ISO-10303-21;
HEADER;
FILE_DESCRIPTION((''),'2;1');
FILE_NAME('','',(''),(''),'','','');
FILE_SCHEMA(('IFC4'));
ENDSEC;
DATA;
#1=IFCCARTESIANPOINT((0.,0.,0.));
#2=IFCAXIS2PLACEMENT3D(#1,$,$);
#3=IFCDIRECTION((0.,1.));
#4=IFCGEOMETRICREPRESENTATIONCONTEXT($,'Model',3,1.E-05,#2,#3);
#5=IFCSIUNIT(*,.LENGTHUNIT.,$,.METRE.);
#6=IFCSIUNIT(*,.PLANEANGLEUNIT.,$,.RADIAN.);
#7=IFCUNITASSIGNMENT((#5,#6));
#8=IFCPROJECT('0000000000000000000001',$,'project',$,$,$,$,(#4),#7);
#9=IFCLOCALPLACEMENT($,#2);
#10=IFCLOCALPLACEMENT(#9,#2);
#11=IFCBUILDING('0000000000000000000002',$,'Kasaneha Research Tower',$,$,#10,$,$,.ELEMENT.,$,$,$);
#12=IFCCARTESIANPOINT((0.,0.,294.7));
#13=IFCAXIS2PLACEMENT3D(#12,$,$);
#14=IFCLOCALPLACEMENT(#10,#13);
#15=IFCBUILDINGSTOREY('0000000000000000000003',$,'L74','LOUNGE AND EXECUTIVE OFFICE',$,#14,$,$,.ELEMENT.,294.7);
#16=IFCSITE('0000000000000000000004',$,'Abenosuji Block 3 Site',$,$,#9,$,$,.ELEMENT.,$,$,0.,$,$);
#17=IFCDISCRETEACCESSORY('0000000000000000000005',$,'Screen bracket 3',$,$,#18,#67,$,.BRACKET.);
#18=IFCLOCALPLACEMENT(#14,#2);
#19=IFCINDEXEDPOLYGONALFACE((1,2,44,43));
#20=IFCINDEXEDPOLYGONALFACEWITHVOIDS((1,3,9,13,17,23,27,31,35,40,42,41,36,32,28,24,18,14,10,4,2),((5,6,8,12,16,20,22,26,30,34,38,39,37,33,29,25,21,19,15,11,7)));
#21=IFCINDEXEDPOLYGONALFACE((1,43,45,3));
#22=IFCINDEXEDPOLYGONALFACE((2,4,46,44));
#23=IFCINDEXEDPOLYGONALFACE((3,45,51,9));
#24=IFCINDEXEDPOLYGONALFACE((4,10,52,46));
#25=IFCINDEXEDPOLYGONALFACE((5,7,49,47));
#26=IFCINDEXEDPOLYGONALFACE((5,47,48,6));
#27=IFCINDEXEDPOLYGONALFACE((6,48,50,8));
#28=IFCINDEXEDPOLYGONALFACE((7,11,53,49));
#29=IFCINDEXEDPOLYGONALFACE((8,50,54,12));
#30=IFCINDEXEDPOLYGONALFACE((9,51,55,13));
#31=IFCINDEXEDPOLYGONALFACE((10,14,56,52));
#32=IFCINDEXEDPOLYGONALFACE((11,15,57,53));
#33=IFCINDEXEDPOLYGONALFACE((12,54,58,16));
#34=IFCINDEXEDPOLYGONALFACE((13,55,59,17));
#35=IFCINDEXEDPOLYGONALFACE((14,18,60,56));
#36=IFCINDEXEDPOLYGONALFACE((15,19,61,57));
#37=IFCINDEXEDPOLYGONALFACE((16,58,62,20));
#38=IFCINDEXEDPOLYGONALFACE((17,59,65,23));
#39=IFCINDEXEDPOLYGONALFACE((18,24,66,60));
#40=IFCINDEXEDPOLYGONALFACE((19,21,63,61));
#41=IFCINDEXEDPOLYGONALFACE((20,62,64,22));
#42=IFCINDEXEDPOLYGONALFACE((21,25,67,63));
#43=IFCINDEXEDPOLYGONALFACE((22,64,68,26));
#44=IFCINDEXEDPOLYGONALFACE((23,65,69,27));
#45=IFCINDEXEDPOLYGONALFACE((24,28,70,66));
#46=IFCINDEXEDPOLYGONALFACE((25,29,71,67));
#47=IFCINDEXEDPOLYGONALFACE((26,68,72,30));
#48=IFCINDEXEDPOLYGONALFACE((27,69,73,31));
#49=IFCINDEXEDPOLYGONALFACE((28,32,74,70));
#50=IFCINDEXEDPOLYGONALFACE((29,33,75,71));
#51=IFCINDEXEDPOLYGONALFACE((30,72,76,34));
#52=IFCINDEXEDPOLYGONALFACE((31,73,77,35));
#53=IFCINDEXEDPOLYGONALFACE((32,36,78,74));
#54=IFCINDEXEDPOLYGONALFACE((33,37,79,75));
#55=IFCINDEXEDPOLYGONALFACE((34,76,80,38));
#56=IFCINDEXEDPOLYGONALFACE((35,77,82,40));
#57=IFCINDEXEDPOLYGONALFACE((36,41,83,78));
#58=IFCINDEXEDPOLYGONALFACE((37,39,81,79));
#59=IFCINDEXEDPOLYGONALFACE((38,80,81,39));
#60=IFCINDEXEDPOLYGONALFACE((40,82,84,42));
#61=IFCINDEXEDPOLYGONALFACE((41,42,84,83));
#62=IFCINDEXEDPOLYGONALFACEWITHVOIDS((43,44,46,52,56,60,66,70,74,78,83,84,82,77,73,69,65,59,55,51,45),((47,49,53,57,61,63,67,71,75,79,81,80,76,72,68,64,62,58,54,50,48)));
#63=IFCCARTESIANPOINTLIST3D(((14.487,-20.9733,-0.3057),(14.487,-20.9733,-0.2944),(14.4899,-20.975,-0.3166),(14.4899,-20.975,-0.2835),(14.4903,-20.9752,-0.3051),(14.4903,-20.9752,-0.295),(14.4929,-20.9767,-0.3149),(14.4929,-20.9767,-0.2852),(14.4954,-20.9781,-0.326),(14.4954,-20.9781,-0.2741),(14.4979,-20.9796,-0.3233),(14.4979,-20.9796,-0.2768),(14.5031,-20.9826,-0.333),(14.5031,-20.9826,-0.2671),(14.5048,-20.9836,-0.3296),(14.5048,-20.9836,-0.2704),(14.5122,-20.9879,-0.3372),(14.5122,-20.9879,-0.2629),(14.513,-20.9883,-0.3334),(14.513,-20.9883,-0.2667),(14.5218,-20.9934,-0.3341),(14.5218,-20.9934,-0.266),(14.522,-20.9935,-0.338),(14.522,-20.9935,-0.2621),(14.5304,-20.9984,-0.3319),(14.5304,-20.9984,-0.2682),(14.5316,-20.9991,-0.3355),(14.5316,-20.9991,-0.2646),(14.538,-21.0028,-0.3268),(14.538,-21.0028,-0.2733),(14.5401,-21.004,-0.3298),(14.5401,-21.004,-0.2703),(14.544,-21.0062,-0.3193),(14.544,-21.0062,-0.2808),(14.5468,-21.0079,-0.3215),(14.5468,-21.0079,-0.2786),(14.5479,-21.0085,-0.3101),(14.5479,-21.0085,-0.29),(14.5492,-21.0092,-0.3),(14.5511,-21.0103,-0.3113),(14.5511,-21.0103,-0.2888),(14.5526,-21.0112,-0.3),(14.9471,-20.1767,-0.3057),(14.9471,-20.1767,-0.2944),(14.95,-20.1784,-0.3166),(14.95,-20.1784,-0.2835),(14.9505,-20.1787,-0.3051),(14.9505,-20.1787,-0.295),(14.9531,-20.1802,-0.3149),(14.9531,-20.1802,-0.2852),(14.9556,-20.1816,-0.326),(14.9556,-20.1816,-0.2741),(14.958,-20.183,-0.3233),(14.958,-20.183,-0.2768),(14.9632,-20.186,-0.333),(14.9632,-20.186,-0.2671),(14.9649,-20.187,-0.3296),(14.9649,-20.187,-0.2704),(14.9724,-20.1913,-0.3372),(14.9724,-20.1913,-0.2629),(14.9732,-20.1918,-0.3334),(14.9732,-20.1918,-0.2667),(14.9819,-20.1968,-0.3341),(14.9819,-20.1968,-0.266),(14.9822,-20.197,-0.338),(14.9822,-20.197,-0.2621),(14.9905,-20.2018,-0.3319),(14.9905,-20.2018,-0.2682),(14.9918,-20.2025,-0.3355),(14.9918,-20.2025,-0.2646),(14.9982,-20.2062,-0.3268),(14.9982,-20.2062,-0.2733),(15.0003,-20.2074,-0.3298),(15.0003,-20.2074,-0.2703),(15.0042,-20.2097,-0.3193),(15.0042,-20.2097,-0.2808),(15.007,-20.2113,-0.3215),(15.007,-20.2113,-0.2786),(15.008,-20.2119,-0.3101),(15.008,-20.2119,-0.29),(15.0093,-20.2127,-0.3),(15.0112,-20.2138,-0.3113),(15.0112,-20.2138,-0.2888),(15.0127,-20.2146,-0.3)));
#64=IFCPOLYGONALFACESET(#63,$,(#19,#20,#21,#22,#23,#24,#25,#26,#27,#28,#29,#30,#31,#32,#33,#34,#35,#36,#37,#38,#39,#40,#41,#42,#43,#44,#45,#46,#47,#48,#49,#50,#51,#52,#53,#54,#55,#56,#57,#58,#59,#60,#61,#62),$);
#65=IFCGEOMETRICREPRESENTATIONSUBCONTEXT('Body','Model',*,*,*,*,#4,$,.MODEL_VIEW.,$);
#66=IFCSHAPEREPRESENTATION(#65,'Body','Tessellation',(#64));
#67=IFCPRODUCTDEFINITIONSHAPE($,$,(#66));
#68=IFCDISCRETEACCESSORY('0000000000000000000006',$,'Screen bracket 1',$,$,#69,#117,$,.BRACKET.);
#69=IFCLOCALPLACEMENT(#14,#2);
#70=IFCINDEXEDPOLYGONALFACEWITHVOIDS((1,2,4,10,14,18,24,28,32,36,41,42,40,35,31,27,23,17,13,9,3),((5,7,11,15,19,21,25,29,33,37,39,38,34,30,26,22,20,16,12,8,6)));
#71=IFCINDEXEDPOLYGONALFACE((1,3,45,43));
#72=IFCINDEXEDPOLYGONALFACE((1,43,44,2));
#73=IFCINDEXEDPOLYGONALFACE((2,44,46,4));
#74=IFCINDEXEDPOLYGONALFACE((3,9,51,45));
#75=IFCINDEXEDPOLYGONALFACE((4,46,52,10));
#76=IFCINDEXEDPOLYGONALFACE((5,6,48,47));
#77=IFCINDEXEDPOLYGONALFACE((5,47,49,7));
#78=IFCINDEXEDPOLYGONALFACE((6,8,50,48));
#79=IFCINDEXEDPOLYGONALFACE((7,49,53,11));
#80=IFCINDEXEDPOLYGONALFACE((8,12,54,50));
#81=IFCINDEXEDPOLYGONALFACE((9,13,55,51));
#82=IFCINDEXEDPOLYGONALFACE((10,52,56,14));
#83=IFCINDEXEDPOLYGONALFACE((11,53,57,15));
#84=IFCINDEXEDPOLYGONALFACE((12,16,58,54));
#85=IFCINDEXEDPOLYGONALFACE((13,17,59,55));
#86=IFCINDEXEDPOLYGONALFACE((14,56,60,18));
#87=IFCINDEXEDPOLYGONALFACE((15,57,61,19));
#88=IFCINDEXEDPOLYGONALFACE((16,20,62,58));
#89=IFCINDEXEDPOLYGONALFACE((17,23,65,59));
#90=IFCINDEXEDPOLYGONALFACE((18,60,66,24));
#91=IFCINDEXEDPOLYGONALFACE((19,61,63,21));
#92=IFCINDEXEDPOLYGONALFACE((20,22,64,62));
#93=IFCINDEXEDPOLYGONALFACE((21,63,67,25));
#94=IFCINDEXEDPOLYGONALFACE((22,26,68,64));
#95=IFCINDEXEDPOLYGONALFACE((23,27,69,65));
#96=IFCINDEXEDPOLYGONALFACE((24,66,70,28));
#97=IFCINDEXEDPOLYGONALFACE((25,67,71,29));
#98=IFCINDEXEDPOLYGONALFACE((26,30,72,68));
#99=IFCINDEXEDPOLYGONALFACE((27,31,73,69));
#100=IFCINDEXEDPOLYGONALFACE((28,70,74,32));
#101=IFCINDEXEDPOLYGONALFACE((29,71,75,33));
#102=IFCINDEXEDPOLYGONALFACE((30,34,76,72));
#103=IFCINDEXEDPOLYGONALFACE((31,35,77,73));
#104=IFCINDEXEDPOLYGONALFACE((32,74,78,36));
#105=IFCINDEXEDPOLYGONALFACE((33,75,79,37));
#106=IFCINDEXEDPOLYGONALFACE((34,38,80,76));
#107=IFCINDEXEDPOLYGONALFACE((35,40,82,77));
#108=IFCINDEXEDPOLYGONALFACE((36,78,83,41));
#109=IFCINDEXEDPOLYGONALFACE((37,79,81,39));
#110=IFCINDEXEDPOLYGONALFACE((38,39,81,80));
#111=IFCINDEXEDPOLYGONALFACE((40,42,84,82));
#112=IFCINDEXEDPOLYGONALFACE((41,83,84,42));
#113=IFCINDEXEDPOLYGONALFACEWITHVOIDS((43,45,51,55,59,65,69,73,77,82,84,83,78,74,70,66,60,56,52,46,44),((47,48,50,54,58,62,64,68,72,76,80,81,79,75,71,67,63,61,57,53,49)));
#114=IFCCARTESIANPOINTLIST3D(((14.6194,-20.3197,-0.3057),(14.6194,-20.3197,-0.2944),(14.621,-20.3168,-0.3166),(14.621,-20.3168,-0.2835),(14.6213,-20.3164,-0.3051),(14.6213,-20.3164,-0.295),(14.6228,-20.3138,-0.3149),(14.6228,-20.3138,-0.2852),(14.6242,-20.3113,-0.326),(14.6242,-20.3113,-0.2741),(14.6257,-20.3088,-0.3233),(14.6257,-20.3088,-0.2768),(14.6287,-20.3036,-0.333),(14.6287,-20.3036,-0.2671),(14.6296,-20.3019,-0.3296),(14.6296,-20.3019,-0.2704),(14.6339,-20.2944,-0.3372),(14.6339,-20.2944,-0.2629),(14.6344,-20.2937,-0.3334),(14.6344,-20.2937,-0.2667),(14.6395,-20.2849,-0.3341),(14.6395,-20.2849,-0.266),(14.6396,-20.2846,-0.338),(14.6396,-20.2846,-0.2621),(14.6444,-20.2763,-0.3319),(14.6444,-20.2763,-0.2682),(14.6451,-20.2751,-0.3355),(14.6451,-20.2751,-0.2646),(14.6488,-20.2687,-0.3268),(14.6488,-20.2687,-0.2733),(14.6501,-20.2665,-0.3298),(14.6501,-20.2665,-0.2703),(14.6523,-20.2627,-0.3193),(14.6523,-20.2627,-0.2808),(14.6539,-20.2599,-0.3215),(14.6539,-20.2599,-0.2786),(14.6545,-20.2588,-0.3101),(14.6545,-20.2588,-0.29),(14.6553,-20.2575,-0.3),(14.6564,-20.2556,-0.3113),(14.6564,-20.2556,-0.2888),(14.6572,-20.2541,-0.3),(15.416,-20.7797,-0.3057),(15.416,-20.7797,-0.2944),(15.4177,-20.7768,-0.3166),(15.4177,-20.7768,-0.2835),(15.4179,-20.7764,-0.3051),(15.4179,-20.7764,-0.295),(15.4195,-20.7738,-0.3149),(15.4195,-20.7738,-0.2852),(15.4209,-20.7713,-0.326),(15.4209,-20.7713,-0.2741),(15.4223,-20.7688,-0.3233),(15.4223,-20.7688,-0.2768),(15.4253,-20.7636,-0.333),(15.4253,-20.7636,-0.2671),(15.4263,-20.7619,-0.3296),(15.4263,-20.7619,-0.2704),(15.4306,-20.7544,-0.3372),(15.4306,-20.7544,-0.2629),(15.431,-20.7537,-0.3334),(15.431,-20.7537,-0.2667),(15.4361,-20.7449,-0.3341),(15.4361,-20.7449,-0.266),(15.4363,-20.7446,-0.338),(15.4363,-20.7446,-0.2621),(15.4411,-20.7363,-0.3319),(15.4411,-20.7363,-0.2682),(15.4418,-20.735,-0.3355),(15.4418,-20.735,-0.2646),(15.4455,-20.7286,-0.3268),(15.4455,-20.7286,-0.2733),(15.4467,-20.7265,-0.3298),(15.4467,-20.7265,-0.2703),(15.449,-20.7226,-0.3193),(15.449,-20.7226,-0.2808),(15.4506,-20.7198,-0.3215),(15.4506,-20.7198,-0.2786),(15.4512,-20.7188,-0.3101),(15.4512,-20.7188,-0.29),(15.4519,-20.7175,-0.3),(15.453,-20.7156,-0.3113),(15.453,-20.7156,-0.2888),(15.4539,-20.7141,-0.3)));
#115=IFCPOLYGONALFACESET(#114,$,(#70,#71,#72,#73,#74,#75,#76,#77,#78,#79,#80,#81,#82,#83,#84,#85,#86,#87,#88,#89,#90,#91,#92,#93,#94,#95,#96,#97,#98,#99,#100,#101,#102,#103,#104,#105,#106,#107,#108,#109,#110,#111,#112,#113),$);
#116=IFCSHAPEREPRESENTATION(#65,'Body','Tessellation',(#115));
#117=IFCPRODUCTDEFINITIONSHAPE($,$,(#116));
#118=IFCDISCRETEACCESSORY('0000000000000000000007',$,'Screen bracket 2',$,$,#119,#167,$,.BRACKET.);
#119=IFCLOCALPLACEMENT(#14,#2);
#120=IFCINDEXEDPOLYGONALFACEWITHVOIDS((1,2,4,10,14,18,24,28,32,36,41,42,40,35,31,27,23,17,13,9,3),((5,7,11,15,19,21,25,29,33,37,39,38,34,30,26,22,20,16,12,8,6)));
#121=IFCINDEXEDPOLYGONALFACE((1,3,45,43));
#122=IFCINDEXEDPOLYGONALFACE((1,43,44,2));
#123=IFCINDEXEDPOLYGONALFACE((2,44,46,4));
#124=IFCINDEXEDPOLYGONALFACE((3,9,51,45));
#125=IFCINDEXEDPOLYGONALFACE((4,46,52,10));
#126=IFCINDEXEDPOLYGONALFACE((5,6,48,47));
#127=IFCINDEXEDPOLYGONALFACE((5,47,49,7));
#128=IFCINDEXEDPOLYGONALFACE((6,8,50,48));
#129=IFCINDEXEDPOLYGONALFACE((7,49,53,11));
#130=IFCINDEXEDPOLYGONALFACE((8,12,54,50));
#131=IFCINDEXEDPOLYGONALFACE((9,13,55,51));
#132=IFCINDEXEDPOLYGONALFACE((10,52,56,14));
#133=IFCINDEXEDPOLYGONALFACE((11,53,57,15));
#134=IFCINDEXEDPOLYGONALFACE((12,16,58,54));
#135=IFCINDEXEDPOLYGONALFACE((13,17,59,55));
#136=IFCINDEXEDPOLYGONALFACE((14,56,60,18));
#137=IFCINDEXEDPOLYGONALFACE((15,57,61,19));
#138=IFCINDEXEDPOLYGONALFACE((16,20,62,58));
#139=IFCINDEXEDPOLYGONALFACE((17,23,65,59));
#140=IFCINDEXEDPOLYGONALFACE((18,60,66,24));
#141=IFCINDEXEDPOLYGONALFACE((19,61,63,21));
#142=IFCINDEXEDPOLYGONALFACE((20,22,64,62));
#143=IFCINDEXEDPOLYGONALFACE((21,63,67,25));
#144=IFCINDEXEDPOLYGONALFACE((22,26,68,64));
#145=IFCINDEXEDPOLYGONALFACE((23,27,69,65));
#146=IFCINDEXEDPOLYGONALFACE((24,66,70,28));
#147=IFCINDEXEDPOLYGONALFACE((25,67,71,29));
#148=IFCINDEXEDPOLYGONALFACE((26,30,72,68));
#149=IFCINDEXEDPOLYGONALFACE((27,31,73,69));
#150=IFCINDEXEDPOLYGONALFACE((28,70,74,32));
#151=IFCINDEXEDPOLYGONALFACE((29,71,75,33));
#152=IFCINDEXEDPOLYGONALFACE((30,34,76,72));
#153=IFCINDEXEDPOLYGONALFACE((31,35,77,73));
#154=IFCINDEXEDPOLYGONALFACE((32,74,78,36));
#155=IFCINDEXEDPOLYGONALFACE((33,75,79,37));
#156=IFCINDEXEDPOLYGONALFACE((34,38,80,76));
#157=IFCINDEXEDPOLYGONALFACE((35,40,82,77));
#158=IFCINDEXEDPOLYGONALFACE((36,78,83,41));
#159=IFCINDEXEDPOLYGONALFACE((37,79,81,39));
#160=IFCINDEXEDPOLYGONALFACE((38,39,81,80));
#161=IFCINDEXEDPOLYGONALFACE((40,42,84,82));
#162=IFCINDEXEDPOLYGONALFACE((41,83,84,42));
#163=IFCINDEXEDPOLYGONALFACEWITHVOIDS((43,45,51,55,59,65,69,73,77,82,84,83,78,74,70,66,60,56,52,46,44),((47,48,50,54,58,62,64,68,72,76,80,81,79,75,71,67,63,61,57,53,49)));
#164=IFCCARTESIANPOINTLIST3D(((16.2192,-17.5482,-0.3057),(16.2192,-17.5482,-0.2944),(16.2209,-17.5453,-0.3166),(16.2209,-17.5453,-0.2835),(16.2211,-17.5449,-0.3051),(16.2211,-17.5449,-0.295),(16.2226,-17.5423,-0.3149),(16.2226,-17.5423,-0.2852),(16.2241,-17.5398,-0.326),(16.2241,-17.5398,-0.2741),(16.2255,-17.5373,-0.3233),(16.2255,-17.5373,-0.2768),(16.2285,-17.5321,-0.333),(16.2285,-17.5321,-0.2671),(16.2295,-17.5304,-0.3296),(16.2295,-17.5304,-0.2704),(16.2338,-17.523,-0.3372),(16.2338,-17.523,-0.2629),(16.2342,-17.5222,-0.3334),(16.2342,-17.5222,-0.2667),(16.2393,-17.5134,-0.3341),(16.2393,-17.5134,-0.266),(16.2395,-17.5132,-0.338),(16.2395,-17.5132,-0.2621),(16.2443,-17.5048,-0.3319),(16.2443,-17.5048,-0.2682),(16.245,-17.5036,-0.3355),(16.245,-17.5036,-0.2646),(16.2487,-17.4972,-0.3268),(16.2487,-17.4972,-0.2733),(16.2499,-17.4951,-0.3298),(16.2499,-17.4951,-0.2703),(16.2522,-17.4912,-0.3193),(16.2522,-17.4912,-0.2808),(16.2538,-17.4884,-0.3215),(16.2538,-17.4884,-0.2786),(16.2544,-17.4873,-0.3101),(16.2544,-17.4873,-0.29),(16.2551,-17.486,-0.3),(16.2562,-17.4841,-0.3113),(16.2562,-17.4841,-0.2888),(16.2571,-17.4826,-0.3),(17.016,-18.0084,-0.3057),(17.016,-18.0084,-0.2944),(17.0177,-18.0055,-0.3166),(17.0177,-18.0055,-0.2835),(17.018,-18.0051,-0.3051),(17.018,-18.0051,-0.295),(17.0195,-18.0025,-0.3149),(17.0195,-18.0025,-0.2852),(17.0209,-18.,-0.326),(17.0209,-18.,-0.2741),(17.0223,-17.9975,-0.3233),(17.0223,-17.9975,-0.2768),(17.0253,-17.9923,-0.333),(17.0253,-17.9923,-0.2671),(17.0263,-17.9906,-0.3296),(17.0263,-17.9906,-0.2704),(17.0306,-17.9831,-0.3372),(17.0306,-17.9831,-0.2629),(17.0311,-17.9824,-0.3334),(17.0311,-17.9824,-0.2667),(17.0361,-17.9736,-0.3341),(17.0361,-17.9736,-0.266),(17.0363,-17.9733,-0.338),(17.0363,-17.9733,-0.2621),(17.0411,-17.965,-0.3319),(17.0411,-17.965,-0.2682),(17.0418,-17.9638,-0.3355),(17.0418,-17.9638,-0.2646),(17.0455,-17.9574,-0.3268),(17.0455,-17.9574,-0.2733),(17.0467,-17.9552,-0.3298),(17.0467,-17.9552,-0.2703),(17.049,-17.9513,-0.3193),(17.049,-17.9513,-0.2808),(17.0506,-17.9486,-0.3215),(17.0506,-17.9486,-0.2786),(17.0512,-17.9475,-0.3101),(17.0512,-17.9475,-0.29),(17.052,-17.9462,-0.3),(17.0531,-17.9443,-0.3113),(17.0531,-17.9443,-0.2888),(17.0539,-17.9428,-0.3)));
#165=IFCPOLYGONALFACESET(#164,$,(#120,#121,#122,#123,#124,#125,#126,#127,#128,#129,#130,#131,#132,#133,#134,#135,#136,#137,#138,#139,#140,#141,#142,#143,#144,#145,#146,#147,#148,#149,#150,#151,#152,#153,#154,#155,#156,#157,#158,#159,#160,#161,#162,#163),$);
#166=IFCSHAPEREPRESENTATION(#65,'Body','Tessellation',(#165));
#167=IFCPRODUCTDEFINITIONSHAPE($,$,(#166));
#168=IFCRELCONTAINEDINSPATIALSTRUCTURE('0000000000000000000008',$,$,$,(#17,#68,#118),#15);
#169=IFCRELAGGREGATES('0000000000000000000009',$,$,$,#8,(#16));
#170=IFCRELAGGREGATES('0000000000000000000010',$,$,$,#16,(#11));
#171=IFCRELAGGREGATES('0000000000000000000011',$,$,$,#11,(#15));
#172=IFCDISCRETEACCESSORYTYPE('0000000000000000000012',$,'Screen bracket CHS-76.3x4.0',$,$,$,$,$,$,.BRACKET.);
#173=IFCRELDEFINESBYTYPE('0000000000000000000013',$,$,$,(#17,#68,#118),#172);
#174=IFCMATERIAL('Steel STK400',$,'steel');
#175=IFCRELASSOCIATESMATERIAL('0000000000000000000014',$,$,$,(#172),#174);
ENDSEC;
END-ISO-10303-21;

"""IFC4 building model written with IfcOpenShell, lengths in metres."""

from ifc_helpers import new_model, si_unit, direction, frame, origin, origin_2d, place, context, subcontext, project, spatial, hollow_circle, extrude, material, material_profile, profile_set, type_object, element, save


model = new_model("IFC4")

# Units and contexts
model_context = context("Model", 3, precision=1e-05, world=origin(), true_north=direction((0.0, 1.0)))
body_context = subcontext(model_context, "Body", "Model", "MODEL_VIEW")
ifc_project = project(units=[si_unit("LENGTHUNIT", "METRE"), si_unit("PLANEANGLEUNIT", "RADIAN")], contexts=[model_context])

# Site, building, storey
site_placement = place(None, origin())
site = spatial("IfcSite", under=ifc_project, at=site_placement, Name="Abenosuji Block 3 Site", CompositionType="ELEMENT", RefElevation=0.0)
building_placement = place(site_placement, origin())
building = spatial("IfcBuilding", under=site, at=building_placement, Name="Kasaneha Research Tower", CompositionType="ELEMENT")
storey_placement = place(building_placement, frame((0.0, 0.0, 294.7)))
storey = spatial("IfcBuildingStorey", under=building, at=storey_placement, Name="L74", Description="LOUNGE AND EXECUTIVE OFFICE", CompositionType="ELEMENT", Elevation=294.7)

# Discrete accessories
ifc_material_1 = material(Name="Steel STK400", Category="steel")
ifc_material_profile_1 = material_profile(ifc_material_1, hollow_circle(Radius=0.0381, WallThickness=0.0039, at=origin_2d()), Name="CHS-76.3x4.0")
ifc_profile_set_1 = profile_set([ifc_material_profile_1], Name="Steel STK400")
discrete_accessory_type = type_object("IfcDiscreteAccessoryType", Name="Screen bracket CHS-76.3x4.0", PredefinedType="BRACKET", material=ifc_profile_set_1)
for number, where, z_axis, x_axis, name in (
    (1, (14.9797, -20.1956, -0.3), (-0.50022, -0.865898, 0.0), (0.865898, -0.50022, 0.0), "Screen bracket 3"),
    (2, (14.6382, -20.2871, -0.3), (0.866013, -0.500021, 0.0), (0.500021, 0.866013, 0.0), "Screen bracket 1"),
):
    element("IfcDiscreteAccessory", number, at=place(storey_placement, frame(where, z_axis=z_axis, x_axis=x_axis)), inside=storey, type_object=discrete_accessory_type, Name=name, PredefinedType="BRACKET", context=body_context, shape_type="SweptSolid", body=[
        extrude(hollow_circle(Radius=0.0381, WallThickness=0.0039, at=origin_2d()), origin(), (0.0, 0.0, 1.0), 0.9199),
    ])
discrete_accessory_placement = place(storey_placement, frame((16.238, -17.5156, -0.3), z_axis=(0.865965, -0.500105, 0.0), x_axis=(0.500105, 0.865965, 0.0)))
element("IfcDiscreteAccessory", 3, at=discrete_accessory_placement, inside=storey, type_object=discrete_accessory_type, Name="Screen bracket 2", PredefinedType="BRACKET", context=body_context, shape_type="SweptSolid", body=[
    extrude(hollow_circle(Radius=0.0381, WallThickness=0.0039, at=origin_2d()), origin(), (0.0, 0.0, 1.0), 0.9202),
])

save(model, "model.ifc")
